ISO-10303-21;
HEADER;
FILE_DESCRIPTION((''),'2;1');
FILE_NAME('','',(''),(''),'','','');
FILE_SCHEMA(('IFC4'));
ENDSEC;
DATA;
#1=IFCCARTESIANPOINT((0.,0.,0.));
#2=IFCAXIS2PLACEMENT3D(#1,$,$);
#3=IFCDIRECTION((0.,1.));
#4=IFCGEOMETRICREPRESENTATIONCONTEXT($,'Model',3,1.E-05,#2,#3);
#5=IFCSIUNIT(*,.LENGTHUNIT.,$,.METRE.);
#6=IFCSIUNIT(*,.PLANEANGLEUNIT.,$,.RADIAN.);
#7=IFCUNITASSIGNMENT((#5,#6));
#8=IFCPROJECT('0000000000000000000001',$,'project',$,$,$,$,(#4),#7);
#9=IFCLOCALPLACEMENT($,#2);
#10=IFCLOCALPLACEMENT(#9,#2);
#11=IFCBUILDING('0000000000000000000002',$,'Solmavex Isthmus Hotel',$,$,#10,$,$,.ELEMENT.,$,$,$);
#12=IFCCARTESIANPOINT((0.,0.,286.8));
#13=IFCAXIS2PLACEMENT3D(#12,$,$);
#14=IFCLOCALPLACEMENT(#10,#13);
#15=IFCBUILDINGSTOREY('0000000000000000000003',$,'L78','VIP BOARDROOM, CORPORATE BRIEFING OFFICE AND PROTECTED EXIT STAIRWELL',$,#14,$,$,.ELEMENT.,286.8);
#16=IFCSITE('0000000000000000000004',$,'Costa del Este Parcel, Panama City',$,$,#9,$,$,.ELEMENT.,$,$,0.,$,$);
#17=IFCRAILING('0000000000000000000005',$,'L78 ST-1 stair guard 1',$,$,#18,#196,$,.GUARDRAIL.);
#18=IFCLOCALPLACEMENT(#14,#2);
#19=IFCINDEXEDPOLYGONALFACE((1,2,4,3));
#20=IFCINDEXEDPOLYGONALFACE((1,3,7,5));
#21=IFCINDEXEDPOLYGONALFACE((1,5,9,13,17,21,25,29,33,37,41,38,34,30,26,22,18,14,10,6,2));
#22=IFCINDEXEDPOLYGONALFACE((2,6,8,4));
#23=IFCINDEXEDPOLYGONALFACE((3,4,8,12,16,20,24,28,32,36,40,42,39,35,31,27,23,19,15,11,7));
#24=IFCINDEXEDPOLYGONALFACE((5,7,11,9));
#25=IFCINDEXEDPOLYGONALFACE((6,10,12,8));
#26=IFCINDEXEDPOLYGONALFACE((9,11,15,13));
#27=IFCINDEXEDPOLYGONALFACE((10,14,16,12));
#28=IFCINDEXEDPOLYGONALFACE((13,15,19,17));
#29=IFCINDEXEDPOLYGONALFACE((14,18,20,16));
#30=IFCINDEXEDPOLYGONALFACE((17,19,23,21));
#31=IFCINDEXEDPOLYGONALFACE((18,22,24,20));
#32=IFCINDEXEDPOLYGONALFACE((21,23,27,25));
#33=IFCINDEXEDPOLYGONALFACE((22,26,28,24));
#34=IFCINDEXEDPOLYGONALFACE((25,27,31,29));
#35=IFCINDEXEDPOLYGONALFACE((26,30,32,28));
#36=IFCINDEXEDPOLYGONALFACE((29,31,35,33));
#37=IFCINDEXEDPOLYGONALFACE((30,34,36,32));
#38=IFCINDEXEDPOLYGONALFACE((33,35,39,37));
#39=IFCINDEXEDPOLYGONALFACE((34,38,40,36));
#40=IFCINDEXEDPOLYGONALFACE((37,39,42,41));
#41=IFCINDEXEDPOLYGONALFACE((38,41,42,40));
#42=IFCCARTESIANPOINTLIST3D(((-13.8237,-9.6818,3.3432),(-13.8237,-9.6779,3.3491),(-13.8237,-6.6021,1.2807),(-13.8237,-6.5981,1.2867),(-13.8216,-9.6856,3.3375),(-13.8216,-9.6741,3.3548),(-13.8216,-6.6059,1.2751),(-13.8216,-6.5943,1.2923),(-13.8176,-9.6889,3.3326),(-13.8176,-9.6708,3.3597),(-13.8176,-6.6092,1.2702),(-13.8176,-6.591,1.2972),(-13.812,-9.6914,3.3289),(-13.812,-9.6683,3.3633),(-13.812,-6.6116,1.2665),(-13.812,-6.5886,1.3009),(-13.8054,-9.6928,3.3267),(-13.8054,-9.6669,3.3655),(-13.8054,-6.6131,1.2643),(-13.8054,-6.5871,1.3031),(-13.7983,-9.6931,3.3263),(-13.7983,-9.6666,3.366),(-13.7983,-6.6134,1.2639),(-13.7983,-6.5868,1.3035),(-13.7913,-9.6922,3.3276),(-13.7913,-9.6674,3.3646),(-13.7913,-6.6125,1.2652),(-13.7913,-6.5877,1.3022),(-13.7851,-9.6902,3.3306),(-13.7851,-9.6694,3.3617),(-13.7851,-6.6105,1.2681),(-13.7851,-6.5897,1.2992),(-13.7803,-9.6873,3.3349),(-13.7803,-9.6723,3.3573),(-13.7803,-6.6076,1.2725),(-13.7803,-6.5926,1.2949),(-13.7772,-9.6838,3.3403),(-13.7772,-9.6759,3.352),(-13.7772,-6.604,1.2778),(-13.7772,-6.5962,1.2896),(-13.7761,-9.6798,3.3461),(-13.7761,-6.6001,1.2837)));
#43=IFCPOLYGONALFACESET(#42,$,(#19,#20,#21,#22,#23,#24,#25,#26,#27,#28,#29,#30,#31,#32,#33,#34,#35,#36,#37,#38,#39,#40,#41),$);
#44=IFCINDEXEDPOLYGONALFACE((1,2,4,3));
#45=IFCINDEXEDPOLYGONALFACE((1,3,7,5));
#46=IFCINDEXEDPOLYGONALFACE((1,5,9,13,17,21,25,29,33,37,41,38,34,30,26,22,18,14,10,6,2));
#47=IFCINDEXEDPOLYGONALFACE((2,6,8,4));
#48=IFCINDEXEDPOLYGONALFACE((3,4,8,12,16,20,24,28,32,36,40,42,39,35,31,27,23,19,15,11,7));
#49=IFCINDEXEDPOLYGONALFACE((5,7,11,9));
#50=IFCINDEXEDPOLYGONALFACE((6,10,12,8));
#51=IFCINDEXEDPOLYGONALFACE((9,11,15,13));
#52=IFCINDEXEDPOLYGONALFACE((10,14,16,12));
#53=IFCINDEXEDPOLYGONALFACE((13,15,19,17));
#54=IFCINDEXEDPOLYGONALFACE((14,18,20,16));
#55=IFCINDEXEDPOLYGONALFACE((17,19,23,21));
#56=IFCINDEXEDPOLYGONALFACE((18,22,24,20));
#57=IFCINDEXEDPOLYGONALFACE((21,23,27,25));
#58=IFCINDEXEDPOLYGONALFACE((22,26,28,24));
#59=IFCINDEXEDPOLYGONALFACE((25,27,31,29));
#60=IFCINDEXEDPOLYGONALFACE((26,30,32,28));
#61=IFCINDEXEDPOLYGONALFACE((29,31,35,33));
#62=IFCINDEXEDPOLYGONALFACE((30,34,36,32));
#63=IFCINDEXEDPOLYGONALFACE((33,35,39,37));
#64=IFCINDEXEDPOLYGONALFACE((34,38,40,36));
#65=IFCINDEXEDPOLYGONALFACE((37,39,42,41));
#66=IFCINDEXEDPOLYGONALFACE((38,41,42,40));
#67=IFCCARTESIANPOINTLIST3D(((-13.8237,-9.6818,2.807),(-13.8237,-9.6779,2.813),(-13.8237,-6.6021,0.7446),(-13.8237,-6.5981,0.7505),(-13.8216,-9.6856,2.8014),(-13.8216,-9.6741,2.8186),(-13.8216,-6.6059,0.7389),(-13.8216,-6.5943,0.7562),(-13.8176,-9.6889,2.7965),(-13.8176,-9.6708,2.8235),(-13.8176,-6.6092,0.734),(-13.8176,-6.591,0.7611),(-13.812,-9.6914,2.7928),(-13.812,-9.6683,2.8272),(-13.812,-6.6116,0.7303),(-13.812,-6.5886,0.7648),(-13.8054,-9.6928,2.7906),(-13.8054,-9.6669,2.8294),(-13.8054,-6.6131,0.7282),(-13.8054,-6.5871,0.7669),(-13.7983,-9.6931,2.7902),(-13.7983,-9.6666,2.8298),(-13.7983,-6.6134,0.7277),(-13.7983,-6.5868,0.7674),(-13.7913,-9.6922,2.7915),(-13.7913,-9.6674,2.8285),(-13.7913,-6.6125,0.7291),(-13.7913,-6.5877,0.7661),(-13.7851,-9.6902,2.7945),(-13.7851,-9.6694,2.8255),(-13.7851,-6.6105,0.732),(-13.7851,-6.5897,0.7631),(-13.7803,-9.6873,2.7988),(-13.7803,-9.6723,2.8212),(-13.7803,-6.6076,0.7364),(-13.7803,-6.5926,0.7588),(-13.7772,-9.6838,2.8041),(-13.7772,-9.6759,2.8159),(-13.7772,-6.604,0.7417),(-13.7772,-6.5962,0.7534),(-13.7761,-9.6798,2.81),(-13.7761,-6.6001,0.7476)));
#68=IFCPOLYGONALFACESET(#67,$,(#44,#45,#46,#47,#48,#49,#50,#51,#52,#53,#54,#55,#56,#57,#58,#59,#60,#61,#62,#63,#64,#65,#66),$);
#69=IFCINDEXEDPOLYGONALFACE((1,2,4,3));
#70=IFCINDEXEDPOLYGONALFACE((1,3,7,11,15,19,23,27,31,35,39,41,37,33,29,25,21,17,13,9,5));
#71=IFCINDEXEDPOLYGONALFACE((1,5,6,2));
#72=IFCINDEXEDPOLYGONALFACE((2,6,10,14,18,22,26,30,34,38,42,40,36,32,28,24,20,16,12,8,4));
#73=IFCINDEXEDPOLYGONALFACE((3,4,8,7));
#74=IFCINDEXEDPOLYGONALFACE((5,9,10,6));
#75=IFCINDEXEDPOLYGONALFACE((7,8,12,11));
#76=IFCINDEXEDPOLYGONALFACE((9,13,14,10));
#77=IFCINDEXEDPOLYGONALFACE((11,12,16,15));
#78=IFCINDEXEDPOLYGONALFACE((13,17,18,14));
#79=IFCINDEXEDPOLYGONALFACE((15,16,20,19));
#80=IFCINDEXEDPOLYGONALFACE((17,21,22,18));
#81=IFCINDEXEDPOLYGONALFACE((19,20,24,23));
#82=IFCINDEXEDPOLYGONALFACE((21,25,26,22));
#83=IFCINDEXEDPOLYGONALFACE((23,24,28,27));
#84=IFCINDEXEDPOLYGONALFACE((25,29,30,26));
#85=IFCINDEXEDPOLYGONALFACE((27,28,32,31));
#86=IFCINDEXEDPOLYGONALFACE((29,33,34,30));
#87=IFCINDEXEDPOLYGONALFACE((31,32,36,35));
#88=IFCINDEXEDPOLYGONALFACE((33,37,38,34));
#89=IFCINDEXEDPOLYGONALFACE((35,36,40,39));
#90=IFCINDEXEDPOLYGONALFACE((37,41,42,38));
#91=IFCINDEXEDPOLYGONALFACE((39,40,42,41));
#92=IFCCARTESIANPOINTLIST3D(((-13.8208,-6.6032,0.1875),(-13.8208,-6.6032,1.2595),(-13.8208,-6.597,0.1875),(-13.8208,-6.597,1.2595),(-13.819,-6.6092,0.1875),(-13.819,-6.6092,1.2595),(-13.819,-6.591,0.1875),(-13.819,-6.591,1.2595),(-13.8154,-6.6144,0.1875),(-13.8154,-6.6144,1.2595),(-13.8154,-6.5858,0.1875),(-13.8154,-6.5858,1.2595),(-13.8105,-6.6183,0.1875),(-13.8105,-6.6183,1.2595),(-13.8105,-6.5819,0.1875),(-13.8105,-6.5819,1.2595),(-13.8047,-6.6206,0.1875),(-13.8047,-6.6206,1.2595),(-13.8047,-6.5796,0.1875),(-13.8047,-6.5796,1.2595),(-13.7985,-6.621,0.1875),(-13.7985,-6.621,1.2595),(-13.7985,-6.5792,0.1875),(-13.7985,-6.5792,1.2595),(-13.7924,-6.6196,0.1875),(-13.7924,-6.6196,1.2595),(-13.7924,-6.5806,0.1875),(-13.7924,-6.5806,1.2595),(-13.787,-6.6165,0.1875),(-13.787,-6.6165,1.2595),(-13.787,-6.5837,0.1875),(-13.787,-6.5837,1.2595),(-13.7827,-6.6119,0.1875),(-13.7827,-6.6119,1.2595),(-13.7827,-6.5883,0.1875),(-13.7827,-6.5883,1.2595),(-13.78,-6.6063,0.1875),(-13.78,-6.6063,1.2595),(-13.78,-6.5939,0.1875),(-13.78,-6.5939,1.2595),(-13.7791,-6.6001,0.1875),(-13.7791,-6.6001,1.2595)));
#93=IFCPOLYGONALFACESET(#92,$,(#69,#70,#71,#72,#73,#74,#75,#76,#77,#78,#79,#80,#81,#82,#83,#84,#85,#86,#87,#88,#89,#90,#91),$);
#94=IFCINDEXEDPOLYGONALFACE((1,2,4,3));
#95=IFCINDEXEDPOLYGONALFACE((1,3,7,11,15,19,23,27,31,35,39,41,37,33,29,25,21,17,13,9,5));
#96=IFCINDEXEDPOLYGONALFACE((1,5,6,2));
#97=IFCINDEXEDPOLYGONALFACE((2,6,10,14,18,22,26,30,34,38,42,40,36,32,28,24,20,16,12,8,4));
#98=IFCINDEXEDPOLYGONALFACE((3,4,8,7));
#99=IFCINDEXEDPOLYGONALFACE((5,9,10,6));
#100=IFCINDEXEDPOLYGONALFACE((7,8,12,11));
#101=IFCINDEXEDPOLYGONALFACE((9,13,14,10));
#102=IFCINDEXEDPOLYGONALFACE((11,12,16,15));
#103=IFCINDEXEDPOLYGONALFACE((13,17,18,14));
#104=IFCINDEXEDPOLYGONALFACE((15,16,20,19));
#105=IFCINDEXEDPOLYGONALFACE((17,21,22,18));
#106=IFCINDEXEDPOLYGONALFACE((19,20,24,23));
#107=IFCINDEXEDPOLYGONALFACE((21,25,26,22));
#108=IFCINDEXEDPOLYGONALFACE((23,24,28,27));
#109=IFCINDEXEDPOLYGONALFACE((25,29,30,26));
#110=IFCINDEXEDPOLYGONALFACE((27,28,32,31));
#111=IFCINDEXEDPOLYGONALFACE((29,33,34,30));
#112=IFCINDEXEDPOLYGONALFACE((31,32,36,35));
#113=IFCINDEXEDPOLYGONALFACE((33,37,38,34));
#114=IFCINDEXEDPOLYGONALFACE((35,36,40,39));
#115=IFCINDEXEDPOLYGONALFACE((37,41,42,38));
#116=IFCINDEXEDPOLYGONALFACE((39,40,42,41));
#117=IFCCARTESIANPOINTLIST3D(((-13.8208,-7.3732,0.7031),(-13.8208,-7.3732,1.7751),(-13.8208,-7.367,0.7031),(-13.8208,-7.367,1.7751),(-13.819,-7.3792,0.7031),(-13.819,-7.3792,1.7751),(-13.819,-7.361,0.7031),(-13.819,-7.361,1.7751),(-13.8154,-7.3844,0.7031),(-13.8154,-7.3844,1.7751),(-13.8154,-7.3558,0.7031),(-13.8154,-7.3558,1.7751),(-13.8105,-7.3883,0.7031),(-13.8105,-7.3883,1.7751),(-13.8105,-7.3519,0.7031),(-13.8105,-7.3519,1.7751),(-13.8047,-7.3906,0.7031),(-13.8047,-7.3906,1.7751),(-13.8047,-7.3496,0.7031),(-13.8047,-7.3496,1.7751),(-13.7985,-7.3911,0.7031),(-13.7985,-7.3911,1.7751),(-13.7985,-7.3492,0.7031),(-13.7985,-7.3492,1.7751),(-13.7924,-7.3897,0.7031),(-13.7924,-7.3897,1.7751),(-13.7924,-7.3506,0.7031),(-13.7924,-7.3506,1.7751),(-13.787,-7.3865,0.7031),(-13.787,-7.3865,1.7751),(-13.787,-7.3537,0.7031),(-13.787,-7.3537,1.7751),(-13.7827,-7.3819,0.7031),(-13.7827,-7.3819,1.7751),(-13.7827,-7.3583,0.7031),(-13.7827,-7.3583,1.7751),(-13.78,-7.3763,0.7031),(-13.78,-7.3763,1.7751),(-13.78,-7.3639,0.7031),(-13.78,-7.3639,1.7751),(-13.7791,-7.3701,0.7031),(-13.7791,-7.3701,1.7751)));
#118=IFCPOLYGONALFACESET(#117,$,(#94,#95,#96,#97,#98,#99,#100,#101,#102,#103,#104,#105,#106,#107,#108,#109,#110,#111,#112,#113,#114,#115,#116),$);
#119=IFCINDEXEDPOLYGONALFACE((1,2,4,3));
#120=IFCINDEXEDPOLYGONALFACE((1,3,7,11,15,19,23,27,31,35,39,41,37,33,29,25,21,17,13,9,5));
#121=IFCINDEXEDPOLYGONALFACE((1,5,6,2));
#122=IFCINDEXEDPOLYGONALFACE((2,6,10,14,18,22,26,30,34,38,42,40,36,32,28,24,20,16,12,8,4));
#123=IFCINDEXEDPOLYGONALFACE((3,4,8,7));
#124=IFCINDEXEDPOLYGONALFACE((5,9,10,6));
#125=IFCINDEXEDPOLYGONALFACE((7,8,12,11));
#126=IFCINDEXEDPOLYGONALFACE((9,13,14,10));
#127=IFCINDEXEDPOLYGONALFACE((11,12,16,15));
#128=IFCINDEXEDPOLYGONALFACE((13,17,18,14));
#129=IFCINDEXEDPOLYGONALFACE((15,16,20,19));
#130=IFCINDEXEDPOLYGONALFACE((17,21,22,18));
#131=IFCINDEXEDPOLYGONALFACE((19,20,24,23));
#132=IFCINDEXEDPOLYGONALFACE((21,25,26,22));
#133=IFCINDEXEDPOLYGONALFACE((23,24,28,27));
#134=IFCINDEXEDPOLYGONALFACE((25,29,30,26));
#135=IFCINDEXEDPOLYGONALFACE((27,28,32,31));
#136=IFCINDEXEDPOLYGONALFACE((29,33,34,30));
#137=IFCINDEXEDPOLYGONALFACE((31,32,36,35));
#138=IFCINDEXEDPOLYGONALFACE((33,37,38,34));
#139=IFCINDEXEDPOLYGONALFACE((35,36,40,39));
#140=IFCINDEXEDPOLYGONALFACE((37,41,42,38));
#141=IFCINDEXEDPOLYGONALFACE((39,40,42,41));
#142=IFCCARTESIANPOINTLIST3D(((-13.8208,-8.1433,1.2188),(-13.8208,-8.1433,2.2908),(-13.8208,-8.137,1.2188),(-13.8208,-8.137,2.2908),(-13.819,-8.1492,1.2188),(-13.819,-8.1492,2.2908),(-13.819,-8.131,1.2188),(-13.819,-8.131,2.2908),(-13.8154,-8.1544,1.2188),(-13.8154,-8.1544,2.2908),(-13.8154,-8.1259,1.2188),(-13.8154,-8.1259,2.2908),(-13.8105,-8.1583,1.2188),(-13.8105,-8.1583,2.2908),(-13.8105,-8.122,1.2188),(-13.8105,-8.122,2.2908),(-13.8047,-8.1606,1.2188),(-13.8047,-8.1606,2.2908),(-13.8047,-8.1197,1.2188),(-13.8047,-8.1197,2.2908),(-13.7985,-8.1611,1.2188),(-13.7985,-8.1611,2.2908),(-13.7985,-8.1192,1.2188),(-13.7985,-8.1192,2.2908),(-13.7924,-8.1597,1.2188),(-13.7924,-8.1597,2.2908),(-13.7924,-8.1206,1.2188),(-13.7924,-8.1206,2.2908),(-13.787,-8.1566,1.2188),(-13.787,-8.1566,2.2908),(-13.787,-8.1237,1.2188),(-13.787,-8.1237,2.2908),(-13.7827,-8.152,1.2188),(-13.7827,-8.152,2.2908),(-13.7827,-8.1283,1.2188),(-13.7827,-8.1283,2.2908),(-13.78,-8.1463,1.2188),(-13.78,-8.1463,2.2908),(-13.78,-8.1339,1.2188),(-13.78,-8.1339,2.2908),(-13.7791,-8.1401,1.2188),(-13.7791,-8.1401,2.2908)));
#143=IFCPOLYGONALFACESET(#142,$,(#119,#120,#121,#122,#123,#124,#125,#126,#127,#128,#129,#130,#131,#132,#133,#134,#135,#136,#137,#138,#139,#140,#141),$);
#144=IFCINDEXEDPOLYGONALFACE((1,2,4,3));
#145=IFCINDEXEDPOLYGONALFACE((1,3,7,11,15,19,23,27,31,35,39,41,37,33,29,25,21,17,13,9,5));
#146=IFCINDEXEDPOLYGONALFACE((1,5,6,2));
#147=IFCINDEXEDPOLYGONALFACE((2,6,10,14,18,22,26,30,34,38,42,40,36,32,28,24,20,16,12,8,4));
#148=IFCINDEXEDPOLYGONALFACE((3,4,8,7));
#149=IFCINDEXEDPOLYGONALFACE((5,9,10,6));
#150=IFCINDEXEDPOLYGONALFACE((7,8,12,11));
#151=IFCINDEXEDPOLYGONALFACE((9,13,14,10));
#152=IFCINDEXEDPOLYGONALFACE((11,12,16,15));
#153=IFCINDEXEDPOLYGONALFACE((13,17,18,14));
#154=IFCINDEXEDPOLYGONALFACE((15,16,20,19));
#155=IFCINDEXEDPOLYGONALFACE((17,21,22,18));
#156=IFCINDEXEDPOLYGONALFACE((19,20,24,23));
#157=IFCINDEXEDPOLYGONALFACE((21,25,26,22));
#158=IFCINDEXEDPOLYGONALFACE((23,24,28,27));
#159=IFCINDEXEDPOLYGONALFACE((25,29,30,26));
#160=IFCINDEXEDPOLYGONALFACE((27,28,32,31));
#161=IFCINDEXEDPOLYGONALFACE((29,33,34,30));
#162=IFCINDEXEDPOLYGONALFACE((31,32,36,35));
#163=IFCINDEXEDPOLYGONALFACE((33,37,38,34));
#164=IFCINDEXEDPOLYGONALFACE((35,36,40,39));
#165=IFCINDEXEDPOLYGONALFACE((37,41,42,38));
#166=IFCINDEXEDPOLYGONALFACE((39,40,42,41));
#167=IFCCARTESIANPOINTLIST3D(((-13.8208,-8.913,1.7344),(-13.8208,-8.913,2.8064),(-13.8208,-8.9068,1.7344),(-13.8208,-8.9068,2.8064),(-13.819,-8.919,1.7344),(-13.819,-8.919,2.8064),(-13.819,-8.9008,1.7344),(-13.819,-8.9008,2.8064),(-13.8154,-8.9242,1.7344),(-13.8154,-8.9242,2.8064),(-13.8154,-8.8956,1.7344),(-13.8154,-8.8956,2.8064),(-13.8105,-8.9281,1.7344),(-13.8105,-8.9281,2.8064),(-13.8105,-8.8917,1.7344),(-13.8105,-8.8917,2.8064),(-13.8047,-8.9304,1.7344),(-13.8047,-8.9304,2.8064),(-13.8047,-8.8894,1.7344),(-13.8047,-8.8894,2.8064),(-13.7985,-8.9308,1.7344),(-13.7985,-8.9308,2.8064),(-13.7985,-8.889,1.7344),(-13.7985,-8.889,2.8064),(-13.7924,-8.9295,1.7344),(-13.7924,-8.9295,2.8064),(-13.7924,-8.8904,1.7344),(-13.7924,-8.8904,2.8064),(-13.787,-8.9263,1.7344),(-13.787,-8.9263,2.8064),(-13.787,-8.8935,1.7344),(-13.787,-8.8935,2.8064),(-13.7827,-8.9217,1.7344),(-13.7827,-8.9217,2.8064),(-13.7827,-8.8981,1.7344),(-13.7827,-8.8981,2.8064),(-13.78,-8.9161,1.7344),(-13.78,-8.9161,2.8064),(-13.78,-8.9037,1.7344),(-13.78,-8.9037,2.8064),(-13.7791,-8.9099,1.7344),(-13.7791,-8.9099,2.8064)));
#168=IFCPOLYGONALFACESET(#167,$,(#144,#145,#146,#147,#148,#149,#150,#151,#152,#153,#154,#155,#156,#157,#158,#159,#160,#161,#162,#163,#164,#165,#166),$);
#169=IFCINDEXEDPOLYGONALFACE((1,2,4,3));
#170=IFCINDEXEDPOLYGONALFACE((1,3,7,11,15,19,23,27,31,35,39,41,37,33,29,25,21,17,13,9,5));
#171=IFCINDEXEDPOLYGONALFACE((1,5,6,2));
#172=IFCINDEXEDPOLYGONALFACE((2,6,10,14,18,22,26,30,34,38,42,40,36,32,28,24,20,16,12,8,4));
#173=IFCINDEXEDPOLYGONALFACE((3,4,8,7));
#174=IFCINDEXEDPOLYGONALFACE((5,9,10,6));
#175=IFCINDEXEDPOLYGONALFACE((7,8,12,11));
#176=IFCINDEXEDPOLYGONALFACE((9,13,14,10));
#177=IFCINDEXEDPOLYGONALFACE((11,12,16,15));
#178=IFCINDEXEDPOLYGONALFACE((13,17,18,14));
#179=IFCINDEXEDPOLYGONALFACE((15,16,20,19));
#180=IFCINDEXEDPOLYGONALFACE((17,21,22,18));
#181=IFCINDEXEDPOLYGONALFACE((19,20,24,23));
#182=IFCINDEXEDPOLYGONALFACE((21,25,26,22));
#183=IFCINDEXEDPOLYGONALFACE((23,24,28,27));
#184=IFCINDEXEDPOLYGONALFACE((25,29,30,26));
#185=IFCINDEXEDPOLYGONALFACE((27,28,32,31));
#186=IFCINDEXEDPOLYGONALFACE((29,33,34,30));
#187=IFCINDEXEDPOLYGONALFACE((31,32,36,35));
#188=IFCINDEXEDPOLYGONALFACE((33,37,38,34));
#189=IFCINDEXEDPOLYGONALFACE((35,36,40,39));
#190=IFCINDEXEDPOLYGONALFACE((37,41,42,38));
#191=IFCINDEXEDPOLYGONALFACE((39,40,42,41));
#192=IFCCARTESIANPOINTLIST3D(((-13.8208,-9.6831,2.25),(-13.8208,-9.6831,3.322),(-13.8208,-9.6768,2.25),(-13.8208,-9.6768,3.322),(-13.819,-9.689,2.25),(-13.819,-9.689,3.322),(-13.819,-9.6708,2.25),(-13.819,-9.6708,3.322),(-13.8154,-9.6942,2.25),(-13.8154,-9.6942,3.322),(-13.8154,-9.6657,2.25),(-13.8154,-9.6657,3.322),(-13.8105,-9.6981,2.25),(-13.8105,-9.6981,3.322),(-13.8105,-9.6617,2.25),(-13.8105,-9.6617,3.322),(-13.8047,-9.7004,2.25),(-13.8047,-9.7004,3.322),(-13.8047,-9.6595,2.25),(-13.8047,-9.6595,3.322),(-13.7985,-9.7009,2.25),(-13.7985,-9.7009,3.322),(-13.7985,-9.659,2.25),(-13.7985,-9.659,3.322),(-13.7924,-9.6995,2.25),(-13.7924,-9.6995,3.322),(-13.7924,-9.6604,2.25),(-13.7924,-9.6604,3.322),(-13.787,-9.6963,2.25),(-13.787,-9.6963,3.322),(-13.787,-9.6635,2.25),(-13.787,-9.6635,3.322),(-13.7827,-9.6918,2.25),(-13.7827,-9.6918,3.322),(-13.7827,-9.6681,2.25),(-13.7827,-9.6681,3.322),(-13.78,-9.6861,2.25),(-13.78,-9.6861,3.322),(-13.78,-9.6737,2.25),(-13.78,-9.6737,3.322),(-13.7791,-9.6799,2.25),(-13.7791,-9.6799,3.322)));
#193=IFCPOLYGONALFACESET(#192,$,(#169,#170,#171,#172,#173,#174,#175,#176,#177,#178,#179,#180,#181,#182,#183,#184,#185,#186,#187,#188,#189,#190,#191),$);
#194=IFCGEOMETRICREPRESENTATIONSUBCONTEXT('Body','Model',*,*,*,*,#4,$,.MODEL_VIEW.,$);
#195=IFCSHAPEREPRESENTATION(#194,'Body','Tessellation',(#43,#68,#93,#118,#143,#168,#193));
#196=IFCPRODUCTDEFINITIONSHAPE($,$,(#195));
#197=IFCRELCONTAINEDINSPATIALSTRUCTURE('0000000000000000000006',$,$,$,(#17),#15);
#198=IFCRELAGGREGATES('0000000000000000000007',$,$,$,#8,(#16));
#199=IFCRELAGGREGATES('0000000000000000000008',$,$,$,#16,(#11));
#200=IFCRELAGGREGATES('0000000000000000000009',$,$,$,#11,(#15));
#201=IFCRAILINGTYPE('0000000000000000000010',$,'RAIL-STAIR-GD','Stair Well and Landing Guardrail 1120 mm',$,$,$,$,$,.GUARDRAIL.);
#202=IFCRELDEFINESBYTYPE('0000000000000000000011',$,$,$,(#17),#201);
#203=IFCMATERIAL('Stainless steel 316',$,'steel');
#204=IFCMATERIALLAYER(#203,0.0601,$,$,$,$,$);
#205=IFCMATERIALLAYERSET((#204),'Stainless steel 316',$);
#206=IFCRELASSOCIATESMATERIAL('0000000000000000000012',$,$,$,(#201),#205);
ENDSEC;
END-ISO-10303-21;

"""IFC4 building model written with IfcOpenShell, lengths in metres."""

from ifc_helpers import new_model, si_unit, direction, frame, origin, origin_2d, place, context, subcontext, project, spatial, circle, extrude, material, layer, layer_set, type_object, element, save


model = new_model("IFC4")

# Units and contexts
model_context = context("Model", 3, precision=1e-05, world=origin(), true_north=direction((0.0, 1.0)))
body_context = subcontext(model_context, "Body", "Model", "MODEL_VIEW")
ifc_project = project(units=[si_unit("LENGTHUNIT", "METRE"), si_unit("PLANEANGLEUNIT", "RADIAN")], contexts=[model_context])

# Site, building, storey
site_placement = place(None, origin())
site = spatial("IfcSite", under=ifc_project, at=site_placement, Name="Costa del Este Parcel, Panama City", CompositionType="ELEMENT", RefElevation=0.0)
building_placement = place(site_placement, origin())
building = spatial("IfcBuilding", under=site, at=building_placement, Name="Solmavex Isthmus Hotel", CompositionType="ELEMENT")
storey_placement = place(building_placement, frame((0.0, 0.0, 286.8)))
storey = spatial("IfcBuildingStorey", under=building, at=storey_placement, Name="L78", Description="VIP BOARDROOM, CORPORATE BRIEFING OFFICE AND PROTECTED EXIT STAIRWELL", CompositionType="ELEMENT", Elevation=286.8)

# Shared definitions
ifc_material_1 = material(Name="Stainless steel 316", Category="steel")

# Railing
ifc_layer_1 = layer(ifc_material_1, 0.0601)
ifc_layer_set_1 = layer_set([ifc_layer_1], Name="Stainless steel 316")
railing_type_1 = type_object("IfcRailingType", Name="RAIL-STAIR-GD", Description="Stair Well and Landing Guardrail 1120 mm", PredefinedType="GUARDRAIL", material=ifc_layer_set_1)
railing_1_placement = place(storey_placement, frame((-13.8, -6.6001, 0.1875)))
element("IfcRailing", 1, at=railing_1_placement, inside=storey, type_object=railing_type_1, Name="L78 ST-1 stair guard 1", PredefinedType="GUARDRAIL", context=body_context, shape_type="SweptSolid", body=[
    extrude(circle(Radius=0.0239, at=origin_2d()), frame((0.0, 0.0, 1.0962), z_axis=(0.0, -0.830893, 0.556432), x_axis=(1.0, 0.0, 0.0)), (0.0, 0.0, 1.0), 3.7065),
    extrude(circle(Radius=0.0239, at=origin_2d()), frame((0.0, 0.0, 0.5601), z_axis=(0.0, -0.830893, 0.556432), x_axis=(1.0, 0.0, 0.0)), (0.0, 0.0, 1.0), 3.7065),
    extrude(circle(Radius=0.021, at=origin_2d()), origin(), (0.0, 0.0, 1.0), 1.072),
    extrude(circle(Radius=0.021, at=origin_2d()), frame((0.0, -0.77, 0.5156)), (0.0, 0.0, 1.0), 1.072),
    extrude(circle(Radius=0.021, at=origin_2d()), frame((0.0, -1.54, 1.0312)), (0.0, 0.0, 1.0), 1.072),
    extrude(circle(Radius=0.021, at=origin_2d()), frame((0.0, -2.3098, 1.5469)), (0.0, 0.0, 1.0), 1.072),
    extrude(circle(Radius=0.021, at=origin_2d()), frame((0.0, -3.0798, 2.0625)), (0.0, 0.0, 1.0), 1.072),
])

save(model, "model.ifc")
